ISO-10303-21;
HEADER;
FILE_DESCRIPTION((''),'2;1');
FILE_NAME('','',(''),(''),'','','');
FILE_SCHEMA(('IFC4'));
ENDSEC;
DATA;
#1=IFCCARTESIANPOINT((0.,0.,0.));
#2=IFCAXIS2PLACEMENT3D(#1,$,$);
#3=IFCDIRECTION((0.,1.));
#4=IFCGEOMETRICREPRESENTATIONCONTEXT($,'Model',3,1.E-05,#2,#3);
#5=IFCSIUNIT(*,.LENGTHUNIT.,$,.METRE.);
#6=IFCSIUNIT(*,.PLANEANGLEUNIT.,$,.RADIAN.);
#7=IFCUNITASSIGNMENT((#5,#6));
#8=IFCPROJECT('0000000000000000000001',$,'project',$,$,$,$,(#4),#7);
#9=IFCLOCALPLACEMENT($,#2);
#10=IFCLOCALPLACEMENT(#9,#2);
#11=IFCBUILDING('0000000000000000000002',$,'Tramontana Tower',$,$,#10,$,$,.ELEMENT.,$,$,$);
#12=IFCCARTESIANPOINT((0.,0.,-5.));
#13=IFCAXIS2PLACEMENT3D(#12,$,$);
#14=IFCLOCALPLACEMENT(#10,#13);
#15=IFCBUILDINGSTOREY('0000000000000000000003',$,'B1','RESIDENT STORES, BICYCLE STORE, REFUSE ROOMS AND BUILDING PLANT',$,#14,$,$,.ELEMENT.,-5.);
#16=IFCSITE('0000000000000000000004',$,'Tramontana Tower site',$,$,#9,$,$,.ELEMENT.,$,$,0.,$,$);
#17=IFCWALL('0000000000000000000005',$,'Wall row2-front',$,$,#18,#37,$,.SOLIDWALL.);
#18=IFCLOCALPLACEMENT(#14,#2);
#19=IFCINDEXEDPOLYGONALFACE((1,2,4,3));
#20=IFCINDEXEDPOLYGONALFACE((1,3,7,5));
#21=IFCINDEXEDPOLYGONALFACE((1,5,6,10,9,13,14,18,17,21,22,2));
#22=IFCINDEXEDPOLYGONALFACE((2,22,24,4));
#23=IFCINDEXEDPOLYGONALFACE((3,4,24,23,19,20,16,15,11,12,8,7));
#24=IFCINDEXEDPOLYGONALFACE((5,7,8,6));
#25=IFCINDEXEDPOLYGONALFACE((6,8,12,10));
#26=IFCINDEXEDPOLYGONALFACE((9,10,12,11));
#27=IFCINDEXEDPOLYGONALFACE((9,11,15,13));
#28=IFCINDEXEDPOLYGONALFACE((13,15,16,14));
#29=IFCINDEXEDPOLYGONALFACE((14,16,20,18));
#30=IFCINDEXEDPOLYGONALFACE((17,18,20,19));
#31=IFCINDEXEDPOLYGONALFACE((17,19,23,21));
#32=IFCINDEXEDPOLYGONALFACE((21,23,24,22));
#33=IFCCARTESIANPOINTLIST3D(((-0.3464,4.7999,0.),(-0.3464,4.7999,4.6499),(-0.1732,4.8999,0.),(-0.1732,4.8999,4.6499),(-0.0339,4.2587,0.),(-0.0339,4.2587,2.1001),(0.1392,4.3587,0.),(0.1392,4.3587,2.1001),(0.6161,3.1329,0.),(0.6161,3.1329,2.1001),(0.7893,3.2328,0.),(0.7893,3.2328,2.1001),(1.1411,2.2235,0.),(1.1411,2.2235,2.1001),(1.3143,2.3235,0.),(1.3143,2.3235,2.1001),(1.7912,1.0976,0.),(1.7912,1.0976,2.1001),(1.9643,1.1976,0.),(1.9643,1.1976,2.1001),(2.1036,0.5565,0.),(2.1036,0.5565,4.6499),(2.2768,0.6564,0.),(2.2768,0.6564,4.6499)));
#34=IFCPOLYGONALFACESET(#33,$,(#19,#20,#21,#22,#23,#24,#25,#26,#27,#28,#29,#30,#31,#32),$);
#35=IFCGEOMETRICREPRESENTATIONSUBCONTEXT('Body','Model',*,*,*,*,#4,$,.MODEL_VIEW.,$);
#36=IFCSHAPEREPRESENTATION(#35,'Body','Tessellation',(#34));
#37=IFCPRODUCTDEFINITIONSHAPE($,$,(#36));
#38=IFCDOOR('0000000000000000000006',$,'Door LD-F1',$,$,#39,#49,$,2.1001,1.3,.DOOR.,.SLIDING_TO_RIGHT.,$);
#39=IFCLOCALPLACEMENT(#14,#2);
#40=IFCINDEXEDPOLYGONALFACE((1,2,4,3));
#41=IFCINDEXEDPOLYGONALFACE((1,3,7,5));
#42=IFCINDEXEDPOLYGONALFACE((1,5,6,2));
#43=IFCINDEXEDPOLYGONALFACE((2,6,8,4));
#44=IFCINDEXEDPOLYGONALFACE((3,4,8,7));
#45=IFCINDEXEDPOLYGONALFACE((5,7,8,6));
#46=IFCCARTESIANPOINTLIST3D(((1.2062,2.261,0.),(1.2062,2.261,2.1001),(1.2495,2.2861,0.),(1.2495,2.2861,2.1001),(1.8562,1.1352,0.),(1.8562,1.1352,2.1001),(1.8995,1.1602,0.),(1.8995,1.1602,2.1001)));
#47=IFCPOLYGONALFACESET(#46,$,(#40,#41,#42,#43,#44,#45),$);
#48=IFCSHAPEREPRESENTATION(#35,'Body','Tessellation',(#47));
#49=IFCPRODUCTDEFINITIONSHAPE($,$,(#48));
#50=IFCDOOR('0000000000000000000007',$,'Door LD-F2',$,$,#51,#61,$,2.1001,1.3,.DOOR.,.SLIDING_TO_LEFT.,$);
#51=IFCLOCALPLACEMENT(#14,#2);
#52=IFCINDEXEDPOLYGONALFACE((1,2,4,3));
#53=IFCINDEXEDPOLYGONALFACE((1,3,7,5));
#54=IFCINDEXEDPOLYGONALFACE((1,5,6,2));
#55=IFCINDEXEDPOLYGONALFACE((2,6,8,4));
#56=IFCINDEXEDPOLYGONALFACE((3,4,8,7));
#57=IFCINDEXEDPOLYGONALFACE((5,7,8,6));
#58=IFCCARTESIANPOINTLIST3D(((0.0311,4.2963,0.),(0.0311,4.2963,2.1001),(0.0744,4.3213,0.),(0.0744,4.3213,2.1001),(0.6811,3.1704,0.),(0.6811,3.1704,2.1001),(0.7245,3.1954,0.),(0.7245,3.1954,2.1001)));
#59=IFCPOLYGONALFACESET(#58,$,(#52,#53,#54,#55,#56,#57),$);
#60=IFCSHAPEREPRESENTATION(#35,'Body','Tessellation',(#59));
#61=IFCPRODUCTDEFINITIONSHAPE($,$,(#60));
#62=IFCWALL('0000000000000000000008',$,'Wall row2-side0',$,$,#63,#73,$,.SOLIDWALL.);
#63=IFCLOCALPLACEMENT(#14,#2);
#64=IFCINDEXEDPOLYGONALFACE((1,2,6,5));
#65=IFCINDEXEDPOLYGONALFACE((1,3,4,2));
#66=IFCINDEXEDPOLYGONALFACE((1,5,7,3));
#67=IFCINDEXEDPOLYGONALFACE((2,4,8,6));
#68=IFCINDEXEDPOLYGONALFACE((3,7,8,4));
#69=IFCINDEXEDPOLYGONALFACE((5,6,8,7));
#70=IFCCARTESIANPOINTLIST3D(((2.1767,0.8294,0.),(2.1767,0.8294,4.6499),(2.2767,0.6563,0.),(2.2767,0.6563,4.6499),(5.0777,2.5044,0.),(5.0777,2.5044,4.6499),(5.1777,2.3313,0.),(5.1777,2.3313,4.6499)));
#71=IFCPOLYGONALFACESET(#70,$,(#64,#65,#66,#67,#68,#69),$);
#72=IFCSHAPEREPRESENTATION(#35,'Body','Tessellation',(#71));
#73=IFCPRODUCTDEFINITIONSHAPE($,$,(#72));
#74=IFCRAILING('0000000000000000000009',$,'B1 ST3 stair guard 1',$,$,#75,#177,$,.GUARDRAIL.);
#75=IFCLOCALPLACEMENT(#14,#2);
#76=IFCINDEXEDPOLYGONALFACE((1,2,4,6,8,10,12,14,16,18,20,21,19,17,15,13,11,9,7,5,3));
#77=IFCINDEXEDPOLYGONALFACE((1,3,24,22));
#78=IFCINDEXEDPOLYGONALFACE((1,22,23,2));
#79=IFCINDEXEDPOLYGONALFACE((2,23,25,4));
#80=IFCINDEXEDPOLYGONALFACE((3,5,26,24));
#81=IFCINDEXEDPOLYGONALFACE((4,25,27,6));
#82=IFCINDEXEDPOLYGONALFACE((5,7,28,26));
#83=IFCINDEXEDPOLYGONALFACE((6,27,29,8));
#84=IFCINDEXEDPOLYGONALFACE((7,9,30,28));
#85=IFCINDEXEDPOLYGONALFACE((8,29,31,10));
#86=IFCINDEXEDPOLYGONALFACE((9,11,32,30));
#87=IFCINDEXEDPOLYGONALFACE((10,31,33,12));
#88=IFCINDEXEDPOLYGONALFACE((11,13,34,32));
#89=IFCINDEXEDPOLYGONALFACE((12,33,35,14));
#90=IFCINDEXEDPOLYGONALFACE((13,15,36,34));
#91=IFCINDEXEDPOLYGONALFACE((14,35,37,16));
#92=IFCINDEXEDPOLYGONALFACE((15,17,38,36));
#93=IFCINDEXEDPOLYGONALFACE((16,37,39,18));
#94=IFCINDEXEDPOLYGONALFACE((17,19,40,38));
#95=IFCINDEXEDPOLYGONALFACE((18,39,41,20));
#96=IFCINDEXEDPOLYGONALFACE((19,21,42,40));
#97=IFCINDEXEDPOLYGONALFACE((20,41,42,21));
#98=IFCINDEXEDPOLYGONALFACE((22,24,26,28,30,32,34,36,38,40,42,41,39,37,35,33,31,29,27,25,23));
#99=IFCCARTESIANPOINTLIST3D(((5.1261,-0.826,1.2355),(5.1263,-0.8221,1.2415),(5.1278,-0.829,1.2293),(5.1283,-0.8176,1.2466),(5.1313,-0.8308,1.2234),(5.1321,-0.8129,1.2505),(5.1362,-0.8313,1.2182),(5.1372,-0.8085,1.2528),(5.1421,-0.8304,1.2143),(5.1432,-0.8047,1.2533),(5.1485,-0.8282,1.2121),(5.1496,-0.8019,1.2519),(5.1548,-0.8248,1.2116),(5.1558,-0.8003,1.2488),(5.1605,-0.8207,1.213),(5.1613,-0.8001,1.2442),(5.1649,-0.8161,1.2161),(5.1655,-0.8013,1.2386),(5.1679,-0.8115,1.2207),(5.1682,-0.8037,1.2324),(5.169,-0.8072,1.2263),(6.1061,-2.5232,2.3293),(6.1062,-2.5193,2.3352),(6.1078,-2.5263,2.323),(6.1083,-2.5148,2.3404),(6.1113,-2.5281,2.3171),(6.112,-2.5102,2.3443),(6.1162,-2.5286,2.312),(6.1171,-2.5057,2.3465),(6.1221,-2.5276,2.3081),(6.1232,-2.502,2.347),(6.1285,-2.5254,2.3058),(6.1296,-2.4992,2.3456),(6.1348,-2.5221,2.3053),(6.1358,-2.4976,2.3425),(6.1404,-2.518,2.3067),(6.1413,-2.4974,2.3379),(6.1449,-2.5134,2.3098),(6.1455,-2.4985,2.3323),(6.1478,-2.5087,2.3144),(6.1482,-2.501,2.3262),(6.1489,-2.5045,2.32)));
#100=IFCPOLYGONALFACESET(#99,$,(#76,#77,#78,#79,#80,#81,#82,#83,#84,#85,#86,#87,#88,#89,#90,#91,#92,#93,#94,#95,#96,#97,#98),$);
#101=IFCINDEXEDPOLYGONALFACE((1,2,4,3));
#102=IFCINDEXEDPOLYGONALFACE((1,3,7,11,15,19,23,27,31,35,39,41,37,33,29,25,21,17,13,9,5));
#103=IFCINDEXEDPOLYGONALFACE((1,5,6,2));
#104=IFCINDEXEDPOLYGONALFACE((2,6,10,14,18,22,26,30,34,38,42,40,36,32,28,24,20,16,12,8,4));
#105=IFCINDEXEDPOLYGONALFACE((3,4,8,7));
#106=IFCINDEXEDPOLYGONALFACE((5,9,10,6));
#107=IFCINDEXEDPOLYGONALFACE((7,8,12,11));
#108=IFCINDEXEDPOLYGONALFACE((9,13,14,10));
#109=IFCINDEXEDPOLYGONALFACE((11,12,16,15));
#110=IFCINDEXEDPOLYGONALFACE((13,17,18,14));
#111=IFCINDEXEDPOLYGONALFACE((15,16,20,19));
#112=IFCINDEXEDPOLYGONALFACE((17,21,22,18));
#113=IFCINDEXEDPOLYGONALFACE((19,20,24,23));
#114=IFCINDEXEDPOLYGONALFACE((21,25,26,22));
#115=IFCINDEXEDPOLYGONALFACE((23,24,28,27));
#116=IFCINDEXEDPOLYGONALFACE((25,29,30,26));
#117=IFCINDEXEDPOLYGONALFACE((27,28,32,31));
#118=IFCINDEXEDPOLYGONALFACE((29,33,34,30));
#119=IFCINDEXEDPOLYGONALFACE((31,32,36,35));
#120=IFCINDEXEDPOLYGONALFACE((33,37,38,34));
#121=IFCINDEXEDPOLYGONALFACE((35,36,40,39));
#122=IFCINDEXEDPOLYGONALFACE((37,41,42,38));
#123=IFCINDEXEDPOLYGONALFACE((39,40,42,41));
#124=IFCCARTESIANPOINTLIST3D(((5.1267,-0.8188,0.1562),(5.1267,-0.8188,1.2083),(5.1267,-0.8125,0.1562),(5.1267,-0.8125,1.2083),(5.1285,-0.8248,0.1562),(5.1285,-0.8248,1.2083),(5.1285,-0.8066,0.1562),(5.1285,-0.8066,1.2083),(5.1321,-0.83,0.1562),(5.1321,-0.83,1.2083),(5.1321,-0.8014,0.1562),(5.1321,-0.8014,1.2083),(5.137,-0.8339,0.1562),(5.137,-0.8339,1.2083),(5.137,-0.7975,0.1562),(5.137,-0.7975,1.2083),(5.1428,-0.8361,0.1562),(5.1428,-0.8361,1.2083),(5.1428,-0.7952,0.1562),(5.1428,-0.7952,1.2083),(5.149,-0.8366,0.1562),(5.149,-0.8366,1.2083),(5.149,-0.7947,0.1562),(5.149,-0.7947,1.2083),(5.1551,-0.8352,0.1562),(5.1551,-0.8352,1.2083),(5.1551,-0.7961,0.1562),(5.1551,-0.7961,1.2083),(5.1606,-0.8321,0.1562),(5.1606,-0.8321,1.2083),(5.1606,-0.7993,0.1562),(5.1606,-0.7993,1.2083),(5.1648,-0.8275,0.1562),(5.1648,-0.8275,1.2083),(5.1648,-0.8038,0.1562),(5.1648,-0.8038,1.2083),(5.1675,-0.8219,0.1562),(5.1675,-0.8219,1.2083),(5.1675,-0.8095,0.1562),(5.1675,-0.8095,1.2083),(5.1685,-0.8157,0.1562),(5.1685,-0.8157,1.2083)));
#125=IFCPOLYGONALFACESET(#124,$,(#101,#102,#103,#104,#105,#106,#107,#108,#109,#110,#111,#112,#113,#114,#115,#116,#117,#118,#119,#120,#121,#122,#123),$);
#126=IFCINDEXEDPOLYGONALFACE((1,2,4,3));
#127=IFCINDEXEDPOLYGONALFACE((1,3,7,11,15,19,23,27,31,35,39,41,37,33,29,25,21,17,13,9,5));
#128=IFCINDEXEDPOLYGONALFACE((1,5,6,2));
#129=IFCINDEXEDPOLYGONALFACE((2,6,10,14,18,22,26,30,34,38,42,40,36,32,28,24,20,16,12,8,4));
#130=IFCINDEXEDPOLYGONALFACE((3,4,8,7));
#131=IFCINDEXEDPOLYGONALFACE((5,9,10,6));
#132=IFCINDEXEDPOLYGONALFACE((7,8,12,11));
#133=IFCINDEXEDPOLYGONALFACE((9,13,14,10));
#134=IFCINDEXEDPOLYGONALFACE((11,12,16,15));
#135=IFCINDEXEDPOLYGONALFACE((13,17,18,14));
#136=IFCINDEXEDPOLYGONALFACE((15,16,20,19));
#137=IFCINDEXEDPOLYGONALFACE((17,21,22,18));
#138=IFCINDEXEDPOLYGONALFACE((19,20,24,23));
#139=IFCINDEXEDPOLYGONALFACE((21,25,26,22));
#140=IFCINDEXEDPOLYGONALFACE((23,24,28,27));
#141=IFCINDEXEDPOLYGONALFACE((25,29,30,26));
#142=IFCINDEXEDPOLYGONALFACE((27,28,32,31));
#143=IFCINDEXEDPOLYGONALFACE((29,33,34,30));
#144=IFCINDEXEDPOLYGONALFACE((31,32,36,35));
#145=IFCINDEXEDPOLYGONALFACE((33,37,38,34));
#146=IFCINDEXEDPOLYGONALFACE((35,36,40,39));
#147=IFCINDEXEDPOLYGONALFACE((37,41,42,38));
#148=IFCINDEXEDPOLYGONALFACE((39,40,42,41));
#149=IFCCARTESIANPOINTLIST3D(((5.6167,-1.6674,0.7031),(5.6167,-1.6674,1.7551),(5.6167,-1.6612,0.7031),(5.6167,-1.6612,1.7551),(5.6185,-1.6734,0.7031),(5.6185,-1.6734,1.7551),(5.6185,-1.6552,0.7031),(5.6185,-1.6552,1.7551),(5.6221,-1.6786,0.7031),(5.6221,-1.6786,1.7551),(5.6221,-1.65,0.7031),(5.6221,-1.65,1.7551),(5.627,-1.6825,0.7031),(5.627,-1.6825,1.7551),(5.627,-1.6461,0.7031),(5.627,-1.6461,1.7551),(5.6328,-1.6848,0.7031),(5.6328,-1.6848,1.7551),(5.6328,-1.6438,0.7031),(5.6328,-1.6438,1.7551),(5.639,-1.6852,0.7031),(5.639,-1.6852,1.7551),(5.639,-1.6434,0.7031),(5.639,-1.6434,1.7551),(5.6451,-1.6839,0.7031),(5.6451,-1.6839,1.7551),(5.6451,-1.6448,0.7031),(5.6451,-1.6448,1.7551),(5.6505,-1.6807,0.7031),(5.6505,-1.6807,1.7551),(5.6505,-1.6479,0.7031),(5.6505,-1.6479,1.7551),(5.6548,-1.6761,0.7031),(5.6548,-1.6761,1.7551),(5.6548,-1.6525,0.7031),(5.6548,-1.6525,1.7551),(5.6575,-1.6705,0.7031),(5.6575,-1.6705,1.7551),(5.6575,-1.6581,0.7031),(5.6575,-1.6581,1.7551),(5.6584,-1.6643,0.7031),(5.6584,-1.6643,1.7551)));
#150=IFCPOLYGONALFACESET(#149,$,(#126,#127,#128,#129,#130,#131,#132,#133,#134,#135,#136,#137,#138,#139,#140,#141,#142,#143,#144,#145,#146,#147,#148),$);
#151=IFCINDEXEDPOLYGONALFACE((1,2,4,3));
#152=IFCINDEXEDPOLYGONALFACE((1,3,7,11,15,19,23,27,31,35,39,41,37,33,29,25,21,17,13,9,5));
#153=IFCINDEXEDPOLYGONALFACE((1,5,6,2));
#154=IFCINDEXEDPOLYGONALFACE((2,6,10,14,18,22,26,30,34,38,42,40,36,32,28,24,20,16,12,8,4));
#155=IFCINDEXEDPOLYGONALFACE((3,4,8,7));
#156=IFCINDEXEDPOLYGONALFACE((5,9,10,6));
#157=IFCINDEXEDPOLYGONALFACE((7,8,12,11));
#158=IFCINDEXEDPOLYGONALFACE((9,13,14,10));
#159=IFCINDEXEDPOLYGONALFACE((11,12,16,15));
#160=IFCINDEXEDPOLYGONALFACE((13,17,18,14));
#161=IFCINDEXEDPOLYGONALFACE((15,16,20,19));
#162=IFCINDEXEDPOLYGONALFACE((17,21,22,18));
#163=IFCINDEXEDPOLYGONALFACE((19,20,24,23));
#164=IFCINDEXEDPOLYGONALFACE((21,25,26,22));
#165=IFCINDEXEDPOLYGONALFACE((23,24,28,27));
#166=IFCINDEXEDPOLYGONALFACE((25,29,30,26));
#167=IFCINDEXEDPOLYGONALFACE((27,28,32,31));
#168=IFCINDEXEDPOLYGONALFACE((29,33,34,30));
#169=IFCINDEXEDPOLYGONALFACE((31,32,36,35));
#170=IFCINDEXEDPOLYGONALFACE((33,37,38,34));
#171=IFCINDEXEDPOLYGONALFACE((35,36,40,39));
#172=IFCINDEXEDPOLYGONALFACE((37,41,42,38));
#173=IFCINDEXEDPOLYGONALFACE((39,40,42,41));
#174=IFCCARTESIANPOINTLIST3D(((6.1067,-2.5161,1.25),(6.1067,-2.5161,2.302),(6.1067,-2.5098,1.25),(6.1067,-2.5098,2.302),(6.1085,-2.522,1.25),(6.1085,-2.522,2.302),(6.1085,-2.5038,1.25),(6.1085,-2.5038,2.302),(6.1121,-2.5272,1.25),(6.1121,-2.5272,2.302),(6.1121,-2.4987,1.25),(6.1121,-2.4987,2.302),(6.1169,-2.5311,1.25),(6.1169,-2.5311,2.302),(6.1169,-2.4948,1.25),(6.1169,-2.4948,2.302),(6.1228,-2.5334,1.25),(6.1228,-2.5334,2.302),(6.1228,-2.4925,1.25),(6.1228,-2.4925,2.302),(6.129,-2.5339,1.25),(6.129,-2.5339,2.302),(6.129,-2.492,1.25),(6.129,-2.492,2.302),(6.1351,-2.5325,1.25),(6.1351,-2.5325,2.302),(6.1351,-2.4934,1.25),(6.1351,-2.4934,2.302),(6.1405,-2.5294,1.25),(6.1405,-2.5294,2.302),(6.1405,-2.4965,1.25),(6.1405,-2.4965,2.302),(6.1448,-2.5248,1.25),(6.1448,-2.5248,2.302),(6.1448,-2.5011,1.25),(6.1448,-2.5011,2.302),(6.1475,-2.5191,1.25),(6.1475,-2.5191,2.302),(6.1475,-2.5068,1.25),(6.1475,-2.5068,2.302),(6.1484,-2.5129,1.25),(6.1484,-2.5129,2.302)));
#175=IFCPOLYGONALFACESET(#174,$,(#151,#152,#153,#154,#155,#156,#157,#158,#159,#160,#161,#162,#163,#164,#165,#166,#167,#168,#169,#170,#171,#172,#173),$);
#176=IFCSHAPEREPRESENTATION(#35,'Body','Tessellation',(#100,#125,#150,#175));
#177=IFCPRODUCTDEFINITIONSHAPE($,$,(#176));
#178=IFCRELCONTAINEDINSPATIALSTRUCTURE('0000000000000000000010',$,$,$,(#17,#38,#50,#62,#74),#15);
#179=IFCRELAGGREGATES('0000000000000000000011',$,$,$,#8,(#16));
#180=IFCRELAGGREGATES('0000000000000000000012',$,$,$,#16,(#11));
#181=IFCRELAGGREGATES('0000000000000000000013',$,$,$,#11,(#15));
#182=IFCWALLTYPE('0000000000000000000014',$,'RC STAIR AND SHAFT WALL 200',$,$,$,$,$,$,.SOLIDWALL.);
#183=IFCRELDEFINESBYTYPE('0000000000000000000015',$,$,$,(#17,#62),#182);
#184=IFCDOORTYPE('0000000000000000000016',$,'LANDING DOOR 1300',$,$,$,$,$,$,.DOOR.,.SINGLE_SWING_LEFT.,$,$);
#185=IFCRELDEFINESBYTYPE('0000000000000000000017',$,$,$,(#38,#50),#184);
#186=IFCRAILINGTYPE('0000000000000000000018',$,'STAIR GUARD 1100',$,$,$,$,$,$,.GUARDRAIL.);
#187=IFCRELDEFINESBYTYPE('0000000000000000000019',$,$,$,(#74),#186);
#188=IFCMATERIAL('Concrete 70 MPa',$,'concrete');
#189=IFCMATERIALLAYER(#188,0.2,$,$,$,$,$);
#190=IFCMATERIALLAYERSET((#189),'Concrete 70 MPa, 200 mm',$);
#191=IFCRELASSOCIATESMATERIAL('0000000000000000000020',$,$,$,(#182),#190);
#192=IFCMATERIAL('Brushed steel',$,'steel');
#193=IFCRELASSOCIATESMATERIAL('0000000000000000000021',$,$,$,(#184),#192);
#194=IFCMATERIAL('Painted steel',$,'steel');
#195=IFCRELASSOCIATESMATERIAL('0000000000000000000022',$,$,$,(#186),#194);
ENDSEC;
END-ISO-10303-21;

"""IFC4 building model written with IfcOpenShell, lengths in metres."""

from ifc_helpers import new_model, si_unit, direction, frame, frame_2d, origin, origin_2d, place, context, subcontext, project, spatial, rectangle, circle, extrude, material, layer, layer_set, type_object, element, fill, save


model = new_model("IFC4")

# Units and contexts
model_context = context("Model", 3, precision=1e-05, world=origin(), true_north=direction((0.0, 1.0)))
body_context = subcontext(model_context, "Body", "Model", "MODEL_VIEW")
ifc_project = project(units=[si_unit("LENGTHUNIT", "METRE"), si_unit("PLANEANGLEUNIT", "RADIAN")], contexts=[model_context])

# Site, building, storey
site_placement = place(None, origin())
site = spatial("IfcSite", under=ifc_project, at=site_placement, Name="Tramontana Tower site", CompositionType="ELEMENT", RefElevation=0.0)
building_placement = place(site_placement, origin())
building = spatial("IfcBuilding", under=site, at=building_placement, Name="Tramontana Tower", CompositionType="ELEMENT")
storey_placement = place(building_placement, frame((0.0, 0.0, -5.0)))
storey = spatial("IfcBuildingStorey", under=building, at=storey_placement, Name="B1", Description="RESIDENT STORES, BICYCLE STORE, REFUSE ROOMS AND BUILDING PLANT", CompositionType="ELEMENT", Elevation=-5.0)

# Shared definitions
ifc_material_1 = material(Name="Concrete 70 MPa", Category="concrete")
ifc_layer_1 = layer(ifc_material_1, 0.2)
ifc_layer_set_1 = layer_set([ifc_layer_1], Name="Concrete 70 MPa, 200 mm")
wall_type_1 = type_object("IfcWallType", Name="RC STAIR AND SHAFT WALL 200", PredefinedType="SOLIDWALL", material=ifc_layer_set_1)

# Wall, openings, doors
wall_1_placement = place(storey_placement, frame((2.1902, 0.6064, 0.0), z_axis=(0.0, 0.0, 1.0), x_axis=(-0.500003, 0.866024, 0.0)))
wall_1 = element("IfcWall", 1, at=wall_1_placement, inside=storey, type_object=wall_type_1, Name="Wall row2-front", PredefinedType="SOLIDWALL", context=body_context, shape_type="SweptSolid", body=[
    extrude(rectangle(XDim=4.8999, YDim=0.2, at=frame_2d((2.45, 0.0))), origin(), (0.0, 0.0, 1.0), 4.6499),
])
opening_1_placement = place(wall_1_placement, frame((0.625, 0.0, 0.0)))
opening_1 = element("IfcOpeningElement", 2, at=opening_1_placement, cuts=wall_1, PredefinedType="OPENING", context=body_context, shape_type="SweptSolid", body=[
    extrude(rectangle(XDim=1.3, YDim=2.1001, at=frame_2d((0.6499, 1.05))), frame((0.0, 0.1099, 0.0), z_axis=(0.0, -1.0, 0.0), x_axis=(1.0, 0.0, 0.0)), (0.0, 0.0, 1.0), 0.22),
])
opening_2_placement = place(wall_1_placement, frame((2.9751, 0.0, 0.0)))
opening_2 = element("IfcOpeningElement", 3, at=opening_2_placement, cuts=wall_1, PredefinedType="OPENING", context=body_context, shape_type="SweptSolid", body=[
    extrude(rectangle(XDim=1.3, YDim=2.1001, at=frame_2d((0.6499, 1.05))), frame((0.0, 0.1099, 0.0), z_axis=(0.0, -1.0, 0.0), x_axis=(1.0, 0.0, 0.0)), (0.0, 0.0, 1.0), 0.22),
])
ifc_material_2 = material(Name="Brushed steel", Category="steel")
door_type_1 = type_object("IfcDoorType", Name="LANDING DOOR 1300", OperationType="SINGLE_SWING_LEFT", PredefinedType="DOOR", material=ifc_material_2)
door_1_placement = place(opening_1_placement, origin())
door_1 = element("IfcDoor", 4, at=door_1_placement, inside=storey, type_object=door_type_1, Name="Door LD-F1", OperationType="SLIDING_TO_RIGHT", OverallHeight=2.1001, OverallWidth=1.3, PredefinedType="DOOR", context=body_context, shape_type="SweptSolid", body=[
    extrude(rectangle(XDim=1.3, YDim=2.1001, at=frame_2d((0.6499, 1.05))), frame((0.0, 0.0249, 0.0), z_axis=(0.0, -1.0, 0.0), x_axis=(1.0, 0.0, 0.0)), (0.0, 0.0, 1.0), 0.05),
])
fill(opening_1, door_1)
door_2_placement = place(opening_2_placement, origin())
door_2 = element("IfcDoor", 5, at=door_2_placement, inside=storey, type_object=door_type_1, Name="Door LD-F2", OperationType="SLIDING_TO_LEFT", OverallHeight=2.1001, OverallWidth=1.3, PredefinedType="DOOR", context=body_context, shape_type="SweptSolid", body=[
    extrude(rectangle(XDim=1.3, YDim=2.1001, at=frame_2d((0.6499, 1.05))), frame((0.0, 0.0249, 0.0), z_axis=(0.0, -1.0, 0.0), x_axis=(1.0, 0.0, 0.0)), (0.0, 0.0, 1.0), 0.05),
])
fill(opening_2, door_2)

# Wall
wall_2_placement = place(storey_placement, frame((2.2268, 0.7429, 0.0), z_axis=(0.0, 0.0, 1.0), x_axis=(0.866014, 0.500019, 0.0)))
element("IfcWall", 6, at=wall_2_placement, inside=storey, type_object=wall_type_1, Name="Wall row2-side0", PredefinedType="SOLIDWALL", context=body_context, shape_type="SweptSolid", body=[
    extrude(rectangle(XDim=3.3499, YDim=0.2, at=frame_2d((1.6748, 0.0))), origin(), (0.0, 0.0, 1.0), 4.6499),
])

# Railing
ifc_material_3 = material(Name="Painted steel", Category="steel")
railing_type = type_object("IfcRailingType", Name="STAIR GUARD 1100", PredefinedType="GUARDRAIL", material=ifc_material_3)
for number, where, name in (
    (7, (5.1475, -0.8157, 0.1562), "B1 ST3 stair guard 1"),
):
    element("IfcRailing", number, at=place(storey_placement, frame(where)), inside=storey, type_object=railing_type, Name=name, PredefinedType="GUARDRAIL", context=body_context, shape_type="SweptSolid", body=[
        extrude(circle(Radius=0.0239, at=origin_2d()), frame((0.0, 0.0, 1.0762), z_axis=(0.436632, -0.75622, 0.487323), x_axis=(0.866011, 0.500024, 0.0)), (0.0, 0.0, 1.0), 2.2444),
        extrude(circle(Radius=0.021, at=origin_2d()), origin(), (0.0, 0.0, 1.0), 1.052),
        extrude(circle(Radius=0.021, at=origin_2d()), frame((0.49, -0.8486, 0.5469)), (0.0, 0.0, 1.0), 1.052),
        extrude(circle(Radius=0.021, at=origin_2d()), frame((0.98, -1.6973, 1.0938)), (0.0, 0.0, 1.0), 1.052),
    ])

save(model, "model.ifc")
